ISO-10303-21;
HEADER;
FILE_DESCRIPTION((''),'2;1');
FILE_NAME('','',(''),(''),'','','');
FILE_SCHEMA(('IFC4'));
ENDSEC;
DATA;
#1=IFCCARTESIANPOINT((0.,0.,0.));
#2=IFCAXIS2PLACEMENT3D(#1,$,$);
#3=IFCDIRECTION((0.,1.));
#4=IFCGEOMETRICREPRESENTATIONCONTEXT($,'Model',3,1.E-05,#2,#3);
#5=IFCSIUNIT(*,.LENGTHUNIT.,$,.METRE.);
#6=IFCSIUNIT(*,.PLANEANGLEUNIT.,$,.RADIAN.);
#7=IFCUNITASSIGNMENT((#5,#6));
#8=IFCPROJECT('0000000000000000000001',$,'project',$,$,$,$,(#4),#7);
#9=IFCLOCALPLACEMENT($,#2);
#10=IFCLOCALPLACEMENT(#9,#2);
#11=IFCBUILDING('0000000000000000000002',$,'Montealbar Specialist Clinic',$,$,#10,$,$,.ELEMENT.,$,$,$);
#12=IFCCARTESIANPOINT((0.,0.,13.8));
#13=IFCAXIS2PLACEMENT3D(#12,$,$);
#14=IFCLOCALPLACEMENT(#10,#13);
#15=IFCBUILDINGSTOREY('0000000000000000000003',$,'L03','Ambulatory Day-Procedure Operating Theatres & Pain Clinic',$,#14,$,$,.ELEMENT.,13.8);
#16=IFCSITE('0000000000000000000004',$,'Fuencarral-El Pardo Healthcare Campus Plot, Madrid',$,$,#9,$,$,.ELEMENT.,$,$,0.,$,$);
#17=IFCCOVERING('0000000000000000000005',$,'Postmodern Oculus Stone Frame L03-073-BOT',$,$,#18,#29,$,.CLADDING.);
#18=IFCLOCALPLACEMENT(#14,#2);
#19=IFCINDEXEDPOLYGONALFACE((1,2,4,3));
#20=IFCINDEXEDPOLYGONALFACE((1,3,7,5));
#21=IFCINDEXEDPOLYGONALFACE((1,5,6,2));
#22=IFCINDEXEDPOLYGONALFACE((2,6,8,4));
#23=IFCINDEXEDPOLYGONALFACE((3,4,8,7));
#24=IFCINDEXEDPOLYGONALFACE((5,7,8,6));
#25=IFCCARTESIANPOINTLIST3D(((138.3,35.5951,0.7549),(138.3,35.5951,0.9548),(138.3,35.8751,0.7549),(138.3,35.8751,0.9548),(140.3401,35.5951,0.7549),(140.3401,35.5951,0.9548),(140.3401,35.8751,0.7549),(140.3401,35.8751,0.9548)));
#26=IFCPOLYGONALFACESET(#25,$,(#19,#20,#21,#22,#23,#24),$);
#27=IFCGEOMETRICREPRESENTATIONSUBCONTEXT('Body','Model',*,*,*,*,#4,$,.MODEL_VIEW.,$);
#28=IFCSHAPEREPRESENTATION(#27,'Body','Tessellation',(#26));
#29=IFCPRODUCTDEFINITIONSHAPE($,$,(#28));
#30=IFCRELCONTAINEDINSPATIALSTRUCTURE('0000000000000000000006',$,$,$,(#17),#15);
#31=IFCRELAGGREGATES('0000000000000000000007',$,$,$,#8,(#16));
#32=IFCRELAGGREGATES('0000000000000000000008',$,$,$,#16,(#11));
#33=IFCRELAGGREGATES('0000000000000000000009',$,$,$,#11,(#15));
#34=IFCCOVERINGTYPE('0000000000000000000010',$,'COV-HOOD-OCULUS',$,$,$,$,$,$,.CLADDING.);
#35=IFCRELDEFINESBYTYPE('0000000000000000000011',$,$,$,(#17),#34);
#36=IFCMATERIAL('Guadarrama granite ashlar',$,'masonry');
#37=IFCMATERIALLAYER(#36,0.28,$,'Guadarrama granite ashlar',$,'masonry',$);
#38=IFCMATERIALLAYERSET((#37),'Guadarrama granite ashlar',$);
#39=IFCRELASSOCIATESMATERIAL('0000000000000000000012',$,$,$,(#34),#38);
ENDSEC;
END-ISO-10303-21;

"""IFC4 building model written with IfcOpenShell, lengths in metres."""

from ifc_helpers import new_model, si_unit, direction, frame, origin, origin_2d, place, context, subcontext, project, spatial, rectangle, extrude, material, layer, layer_set, type_object, element, save


model = new_model("IFC4")

# Units and contexts
model_context = context("Model", 3, precision=1e-05, world=origin(), true_north=direction((0.0, 1.0)))
body_context = subcontext(model_context, "Body", "Model", "MODEL_VIEW")
ifc_project = project(units=[si_unit("LENGTHUNIT", "METRE"), si_unit("PLANEANGLEUNIT", "RADIAN")], contexts=[model_context])

# Site, building, storey
site_placement = place(None, origin())
site = spatial("IfcSite", under=ifc_project, at=site_placement, Name="Fuencarral-El Pardo Healthcare Campus Plot, Madrid", CompositionType="ELEMENT", RefElevation=0.0)
building_placement = place(site_placement, origin())
building = spatial("IfcBuilding", under=site, at=building_placement, Name="Montealbar Specialist Clinic", CompositionType="ELEMENT")
storey_placement = place(building_placement, frame((0.0, 0.0, 13.8)))
storey = spatial("IfcBuildingStorey", under=building, at=storey_placement, Name="L03", Description="Ambulatory Day-Procedure Operating Theatres & Pain Clinic", CompositionType="ELEMENT", Elevation=13.8)

# Covering
ifc_material_1 = material(Name="Guadarrama granite ashlar", Category="masonry")
ifc_layer_1 = layer(ifc_material_1, 0.28, Name="Guadarrama granite ashlar", Category="masonry")
ifc_layer_set_1 = layer_set([ifc_layer_1], Name="Guadarrama granite ashlar")
covering_type_1 = type_object("IfcCoveringType", Name="COV-HOOD-OCULUS", PredefinedType="CLADDING", material=ifc_layer_set_1)
for number, where, z_axis, x_axis, name in (
    (1, (139.3201, 35.7351, 0.7549), (0.0, 0.0, 1.0), (-1.0, 0.0, 0.0), "Postmodern Oculus Stone Frame L03-073-BOT"),
):
    element("IfcCovering", number, at=place(storey_placement, frame(where, z_axis=z_axis, x_axis=x_axis)), inside=storey, type_object=covering_type_1, Name=name, PredefinedType="CLADDING", context=body_context, shape_type="SweptSolid", body=[
        extrude(rectangle(XDim=2.04, YDim=0.28, at=origin_2d()), origin(), (0.0, 0.0, 1.0), 0.2),
    ])

save(model, "model.ifc")
